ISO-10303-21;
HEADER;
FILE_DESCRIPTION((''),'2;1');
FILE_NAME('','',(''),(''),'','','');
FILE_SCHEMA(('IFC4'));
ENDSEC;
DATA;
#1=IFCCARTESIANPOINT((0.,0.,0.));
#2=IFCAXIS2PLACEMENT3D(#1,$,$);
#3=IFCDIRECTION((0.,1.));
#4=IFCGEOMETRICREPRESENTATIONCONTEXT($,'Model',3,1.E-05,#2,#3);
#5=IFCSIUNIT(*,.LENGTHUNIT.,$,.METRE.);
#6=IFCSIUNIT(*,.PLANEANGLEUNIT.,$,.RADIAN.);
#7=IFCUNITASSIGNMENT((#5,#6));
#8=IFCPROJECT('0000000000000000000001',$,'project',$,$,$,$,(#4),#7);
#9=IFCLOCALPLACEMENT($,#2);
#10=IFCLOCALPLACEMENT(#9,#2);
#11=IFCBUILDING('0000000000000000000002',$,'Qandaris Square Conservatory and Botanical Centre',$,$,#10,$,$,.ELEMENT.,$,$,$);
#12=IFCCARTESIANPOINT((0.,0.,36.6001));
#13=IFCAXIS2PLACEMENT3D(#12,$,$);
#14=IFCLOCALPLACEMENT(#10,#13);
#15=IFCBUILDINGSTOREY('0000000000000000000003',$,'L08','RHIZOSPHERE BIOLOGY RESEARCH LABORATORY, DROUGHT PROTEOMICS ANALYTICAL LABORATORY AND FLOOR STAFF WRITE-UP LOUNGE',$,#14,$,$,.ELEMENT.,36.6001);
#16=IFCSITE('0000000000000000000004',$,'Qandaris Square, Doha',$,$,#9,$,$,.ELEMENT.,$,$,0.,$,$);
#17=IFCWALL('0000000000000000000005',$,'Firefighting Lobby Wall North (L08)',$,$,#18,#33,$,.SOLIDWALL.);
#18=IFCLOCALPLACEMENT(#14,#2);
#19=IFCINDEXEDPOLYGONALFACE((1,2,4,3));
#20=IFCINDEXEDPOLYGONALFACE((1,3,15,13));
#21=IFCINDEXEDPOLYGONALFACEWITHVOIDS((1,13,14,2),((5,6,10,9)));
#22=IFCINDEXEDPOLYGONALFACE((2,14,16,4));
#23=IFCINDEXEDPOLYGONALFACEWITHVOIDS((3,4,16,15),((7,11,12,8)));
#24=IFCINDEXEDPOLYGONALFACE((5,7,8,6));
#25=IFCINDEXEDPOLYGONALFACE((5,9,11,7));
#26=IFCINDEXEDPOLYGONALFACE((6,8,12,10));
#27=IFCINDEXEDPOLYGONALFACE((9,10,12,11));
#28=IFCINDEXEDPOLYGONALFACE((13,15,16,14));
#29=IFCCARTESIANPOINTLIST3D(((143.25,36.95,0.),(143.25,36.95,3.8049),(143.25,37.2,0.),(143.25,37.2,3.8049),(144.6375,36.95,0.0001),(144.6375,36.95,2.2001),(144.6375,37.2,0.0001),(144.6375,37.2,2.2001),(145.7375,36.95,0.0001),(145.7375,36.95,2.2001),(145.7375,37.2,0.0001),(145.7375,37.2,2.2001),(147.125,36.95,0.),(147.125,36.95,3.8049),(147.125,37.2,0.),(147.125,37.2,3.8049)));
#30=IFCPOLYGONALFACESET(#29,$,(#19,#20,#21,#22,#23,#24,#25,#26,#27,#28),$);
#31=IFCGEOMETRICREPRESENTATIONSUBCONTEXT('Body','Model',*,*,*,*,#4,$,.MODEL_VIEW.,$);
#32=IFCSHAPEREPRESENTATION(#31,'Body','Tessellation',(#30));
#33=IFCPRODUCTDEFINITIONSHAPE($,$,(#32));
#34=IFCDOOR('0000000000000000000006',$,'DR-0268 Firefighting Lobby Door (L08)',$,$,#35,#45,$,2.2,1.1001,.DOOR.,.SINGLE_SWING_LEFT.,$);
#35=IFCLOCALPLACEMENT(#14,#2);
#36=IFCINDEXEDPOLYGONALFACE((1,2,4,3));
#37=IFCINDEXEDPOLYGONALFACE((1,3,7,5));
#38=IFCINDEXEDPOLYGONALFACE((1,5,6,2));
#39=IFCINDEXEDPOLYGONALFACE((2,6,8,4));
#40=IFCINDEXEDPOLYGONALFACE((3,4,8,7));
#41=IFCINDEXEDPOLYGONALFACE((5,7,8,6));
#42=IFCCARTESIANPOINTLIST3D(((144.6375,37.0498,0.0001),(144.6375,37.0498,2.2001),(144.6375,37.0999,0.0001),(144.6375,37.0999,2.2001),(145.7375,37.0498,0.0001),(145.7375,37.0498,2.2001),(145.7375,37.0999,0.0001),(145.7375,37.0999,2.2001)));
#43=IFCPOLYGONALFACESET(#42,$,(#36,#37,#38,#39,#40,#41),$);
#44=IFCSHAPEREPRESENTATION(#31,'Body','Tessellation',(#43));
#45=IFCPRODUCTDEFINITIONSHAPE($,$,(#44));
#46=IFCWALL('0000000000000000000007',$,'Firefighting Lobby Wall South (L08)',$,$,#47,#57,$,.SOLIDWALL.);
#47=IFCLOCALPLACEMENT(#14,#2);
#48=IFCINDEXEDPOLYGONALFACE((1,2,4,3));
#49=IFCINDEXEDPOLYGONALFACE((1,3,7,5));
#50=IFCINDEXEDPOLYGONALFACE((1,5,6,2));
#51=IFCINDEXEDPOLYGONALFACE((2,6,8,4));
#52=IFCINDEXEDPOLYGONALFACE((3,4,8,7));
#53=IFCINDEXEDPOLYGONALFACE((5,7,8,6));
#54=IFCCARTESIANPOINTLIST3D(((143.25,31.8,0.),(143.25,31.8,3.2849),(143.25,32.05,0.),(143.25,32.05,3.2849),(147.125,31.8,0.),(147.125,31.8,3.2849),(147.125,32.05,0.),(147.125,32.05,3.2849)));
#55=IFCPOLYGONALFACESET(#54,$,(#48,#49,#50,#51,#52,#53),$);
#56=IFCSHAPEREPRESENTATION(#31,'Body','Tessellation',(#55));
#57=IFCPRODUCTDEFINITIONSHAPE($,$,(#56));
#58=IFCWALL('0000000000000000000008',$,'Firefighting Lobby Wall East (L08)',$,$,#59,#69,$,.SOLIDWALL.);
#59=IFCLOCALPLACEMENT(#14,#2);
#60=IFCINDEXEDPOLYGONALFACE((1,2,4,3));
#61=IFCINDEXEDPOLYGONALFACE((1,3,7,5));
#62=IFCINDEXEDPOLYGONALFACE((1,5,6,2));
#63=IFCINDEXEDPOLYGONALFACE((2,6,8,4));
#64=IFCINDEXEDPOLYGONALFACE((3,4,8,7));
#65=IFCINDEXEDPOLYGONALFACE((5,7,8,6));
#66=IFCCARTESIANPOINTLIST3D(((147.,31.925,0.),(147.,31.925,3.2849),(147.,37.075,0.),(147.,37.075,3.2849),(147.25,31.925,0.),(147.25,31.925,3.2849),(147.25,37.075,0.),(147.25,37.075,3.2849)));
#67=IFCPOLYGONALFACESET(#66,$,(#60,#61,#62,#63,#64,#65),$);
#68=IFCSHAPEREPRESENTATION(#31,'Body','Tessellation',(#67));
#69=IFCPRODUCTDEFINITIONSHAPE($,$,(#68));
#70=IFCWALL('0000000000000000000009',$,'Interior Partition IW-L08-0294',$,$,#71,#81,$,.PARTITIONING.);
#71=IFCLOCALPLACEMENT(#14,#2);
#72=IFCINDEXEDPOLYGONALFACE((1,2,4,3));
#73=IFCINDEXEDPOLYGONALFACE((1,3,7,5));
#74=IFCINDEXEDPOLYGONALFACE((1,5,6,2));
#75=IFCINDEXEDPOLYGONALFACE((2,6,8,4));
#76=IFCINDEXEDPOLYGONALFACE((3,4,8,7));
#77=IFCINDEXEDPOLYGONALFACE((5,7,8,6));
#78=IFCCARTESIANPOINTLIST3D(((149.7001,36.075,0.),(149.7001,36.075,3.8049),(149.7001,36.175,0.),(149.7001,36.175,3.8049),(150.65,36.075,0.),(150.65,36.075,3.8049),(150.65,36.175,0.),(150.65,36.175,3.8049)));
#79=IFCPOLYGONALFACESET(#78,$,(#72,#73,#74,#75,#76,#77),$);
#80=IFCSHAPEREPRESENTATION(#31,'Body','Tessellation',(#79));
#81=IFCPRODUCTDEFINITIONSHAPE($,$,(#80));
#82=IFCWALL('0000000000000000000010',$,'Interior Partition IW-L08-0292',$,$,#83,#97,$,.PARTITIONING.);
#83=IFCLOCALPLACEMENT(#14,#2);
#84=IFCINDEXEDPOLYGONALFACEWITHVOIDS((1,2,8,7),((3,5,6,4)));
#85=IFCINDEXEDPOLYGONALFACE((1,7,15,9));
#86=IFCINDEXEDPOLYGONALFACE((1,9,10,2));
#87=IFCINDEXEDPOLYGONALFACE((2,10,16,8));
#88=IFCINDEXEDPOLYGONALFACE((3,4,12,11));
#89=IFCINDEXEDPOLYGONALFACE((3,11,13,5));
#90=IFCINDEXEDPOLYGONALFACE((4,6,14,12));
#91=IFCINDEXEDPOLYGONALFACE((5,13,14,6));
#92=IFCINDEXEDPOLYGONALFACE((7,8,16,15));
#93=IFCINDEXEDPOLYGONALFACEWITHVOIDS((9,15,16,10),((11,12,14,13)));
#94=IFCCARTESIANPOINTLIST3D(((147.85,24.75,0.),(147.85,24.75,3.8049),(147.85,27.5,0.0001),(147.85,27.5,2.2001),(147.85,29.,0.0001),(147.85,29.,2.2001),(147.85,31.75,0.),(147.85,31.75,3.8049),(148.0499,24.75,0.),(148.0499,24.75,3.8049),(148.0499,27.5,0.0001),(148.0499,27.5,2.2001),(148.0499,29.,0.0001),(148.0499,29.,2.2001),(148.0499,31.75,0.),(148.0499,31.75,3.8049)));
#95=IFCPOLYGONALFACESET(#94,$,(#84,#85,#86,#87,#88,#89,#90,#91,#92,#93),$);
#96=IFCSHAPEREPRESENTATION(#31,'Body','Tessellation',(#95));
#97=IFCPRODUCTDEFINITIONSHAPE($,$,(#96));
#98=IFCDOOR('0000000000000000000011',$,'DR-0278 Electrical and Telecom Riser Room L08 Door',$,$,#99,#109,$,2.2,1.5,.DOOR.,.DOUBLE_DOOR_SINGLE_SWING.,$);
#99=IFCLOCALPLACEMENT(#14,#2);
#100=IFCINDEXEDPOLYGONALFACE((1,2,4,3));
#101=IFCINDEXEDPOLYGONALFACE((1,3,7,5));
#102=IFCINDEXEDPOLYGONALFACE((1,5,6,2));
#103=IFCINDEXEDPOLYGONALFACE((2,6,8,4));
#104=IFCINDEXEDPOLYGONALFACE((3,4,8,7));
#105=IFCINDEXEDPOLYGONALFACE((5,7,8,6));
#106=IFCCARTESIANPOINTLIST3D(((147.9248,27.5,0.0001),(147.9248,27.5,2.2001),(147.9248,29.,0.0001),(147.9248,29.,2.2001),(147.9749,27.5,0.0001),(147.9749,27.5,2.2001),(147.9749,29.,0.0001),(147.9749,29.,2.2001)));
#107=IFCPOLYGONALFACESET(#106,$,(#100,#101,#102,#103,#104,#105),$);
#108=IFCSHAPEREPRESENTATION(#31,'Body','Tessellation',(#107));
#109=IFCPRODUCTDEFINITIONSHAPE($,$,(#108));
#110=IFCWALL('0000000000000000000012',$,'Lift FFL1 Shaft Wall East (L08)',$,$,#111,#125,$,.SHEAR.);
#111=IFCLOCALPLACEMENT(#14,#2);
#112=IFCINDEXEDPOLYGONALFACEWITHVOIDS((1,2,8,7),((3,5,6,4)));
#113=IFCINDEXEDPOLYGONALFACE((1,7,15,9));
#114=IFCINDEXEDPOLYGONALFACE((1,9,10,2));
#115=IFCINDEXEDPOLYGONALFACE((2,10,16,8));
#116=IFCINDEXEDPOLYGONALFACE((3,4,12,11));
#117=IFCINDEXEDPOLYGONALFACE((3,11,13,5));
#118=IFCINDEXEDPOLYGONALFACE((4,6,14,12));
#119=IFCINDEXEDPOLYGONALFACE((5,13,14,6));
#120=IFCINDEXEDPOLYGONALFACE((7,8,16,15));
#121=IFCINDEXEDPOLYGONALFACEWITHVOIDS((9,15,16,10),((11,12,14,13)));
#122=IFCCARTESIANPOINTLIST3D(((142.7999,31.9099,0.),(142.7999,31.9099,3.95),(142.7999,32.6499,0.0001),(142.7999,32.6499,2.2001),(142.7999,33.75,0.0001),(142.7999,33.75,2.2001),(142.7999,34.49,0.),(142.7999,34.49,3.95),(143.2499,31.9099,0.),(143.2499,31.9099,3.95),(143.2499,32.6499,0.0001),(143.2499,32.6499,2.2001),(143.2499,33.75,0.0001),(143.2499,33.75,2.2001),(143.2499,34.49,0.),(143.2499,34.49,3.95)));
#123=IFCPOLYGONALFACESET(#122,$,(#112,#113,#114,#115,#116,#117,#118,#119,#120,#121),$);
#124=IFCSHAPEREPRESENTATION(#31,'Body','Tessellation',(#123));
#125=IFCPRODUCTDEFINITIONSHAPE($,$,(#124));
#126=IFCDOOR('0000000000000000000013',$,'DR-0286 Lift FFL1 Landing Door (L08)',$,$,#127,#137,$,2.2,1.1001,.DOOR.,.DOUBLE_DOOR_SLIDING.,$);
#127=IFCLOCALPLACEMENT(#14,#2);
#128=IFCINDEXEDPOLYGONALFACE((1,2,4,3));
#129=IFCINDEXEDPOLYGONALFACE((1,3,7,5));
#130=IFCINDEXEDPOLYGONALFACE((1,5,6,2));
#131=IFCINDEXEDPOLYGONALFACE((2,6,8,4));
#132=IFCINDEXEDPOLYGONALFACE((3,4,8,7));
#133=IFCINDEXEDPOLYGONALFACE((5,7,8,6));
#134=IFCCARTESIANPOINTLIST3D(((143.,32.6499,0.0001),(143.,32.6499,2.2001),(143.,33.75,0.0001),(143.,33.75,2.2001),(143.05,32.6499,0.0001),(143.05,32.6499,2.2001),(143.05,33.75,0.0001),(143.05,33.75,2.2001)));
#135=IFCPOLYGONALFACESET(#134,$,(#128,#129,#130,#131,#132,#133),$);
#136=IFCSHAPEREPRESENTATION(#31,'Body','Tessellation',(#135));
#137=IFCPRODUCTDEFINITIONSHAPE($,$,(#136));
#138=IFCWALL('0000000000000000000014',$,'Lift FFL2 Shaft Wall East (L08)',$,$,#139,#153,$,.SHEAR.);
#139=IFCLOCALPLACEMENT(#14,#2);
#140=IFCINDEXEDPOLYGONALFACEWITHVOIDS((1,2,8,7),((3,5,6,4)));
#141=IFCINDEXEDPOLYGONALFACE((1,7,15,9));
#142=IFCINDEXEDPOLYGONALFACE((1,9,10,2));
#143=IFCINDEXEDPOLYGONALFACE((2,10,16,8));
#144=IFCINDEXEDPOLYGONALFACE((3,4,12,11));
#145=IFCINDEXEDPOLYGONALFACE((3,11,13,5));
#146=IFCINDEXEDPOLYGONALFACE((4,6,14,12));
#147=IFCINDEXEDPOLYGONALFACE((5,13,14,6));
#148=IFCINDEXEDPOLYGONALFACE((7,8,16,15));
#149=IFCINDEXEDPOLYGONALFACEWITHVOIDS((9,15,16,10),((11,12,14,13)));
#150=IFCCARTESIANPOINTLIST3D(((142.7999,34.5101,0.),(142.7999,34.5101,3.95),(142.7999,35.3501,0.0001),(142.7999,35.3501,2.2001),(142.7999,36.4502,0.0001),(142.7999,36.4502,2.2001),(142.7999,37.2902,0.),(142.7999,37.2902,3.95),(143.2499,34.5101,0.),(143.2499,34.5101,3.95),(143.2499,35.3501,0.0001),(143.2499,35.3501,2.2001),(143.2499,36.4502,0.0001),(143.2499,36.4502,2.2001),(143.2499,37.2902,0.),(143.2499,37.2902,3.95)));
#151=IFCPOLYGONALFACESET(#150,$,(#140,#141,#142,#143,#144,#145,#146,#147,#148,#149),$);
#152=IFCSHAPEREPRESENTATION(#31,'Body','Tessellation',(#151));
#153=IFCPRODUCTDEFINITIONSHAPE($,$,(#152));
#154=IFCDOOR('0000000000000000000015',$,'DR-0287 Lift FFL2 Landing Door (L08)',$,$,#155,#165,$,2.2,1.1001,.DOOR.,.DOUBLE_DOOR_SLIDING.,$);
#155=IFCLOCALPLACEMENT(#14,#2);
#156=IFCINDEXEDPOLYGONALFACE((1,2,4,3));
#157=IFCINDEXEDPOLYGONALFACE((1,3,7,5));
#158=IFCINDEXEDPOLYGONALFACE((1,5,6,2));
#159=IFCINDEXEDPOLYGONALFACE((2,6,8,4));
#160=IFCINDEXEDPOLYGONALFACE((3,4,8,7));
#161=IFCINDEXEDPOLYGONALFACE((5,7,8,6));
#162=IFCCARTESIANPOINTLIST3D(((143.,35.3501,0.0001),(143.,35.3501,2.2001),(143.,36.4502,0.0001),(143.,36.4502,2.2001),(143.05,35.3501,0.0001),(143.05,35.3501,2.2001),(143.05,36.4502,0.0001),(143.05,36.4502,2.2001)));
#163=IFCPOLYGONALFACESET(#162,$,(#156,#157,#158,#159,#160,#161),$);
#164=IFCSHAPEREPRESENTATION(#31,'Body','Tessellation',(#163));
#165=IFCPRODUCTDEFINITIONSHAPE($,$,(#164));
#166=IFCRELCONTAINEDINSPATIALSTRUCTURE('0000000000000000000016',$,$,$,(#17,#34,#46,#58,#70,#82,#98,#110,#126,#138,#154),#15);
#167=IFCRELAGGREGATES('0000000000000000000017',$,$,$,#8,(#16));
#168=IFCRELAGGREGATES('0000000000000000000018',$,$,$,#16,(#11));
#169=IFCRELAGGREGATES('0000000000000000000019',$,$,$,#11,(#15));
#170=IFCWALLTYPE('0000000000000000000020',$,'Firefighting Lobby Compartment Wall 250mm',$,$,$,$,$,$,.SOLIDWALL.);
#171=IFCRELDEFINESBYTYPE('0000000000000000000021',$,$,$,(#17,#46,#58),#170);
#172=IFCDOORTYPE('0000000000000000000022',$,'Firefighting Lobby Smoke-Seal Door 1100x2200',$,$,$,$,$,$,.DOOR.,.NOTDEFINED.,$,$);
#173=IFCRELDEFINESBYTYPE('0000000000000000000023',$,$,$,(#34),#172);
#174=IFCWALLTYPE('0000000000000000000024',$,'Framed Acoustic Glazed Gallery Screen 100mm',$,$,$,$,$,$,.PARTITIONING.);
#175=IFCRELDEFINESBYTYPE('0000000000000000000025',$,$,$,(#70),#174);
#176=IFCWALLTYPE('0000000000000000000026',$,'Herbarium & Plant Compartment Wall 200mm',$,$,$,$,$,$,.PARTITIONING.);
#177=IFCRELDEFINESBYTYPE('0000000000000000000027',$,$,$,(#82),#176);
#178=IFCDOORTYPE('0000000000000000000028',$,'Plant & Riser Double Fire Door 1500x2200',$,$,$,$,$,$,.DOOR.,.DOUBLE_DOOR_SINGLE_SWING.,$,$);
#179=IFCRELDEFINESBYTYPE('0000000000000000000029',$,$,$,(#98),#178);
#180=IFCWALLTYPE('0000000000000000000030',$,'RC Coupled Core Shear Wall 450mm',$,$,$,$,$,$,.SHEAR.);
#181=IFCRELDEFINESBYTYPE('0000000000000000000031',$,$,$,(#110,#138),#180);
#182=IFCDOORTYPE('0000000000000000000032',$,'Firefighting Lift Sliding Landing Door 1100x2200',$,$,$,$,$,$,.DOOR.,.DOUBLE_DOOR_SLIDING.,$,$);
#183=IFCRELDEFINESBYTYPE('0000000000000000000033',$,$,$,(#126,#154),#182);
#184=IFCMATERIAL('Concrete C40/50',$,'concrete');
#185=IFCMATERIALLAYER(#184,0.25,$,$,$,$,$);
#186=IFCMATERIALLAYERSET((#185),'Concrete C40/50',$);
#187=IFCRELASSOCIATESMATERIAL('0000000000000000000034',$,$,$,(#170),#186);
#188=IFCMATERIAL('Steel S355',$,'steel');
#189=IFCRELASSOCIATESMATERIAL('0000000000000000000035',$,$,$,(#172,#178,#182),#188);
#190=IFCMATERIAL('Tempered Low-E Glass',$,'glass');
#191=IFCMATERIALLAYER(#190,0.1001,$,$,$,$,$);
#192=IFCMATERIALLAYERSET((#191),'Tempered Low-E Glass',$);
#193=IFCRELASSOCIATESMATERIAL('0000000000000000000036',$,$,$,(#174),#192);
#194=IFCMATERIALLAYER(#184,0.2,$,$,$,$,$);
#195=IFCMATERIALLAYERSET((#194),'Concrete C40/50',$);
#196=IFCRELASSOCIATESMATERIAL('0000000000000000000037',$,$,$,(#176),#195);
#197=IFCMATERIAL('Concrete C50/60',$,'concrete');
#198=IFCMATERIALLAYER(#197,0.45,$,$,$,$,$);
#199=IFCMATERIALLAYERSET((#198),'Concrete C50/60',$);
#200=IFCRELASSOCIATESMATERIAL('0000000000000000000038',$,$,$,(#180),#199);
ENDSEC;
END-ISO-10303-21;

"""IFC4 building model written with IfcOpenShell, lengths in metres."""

from ifc_helpers import new_model, si_unit, direction, frame, frame_2d, origin, place, context, subcontext, project, spatial, rectangle, extrude, material, layer, layer_set, type_object, element, fill, save


model = new_model("IFC4")

# Units and contexts
model_context = context("Model", 3, precision=1e-05, world=origin(), true_north=direction((0.0, 1.0)))
body_context = subcontext(model_context, "Body", "Model", "MODEL_VIEW")
ifc_project = project(units=[si_unit("LENGTHUNIT", "METRE"), si_unit("PLANEANGLEUNIT", "RADIAN")], contexts=[model_context])

# Site, building, storey
site_placement = place(None, origin())
site = spatial("IfcSite", under=ifc_project, at=site_placement, Name="Qandaris Square, Doha", CompositionType="ELEMENT", RefElevation=0.0)
building_placement = place(site_placement, origin())
building = spatial("IfcBuilding", under=site, at=building_placement, Name="Qandaris Square Conservatory and Botanical Centre", CompositionType="ELEMENT")
storey_placement = place(building_placement, frame((0.0, 0.0, 36.6001)))
storey = spatial("IfcBuildingStorey", under=building, at=storey_placement, Name="L08", Description="RHIZOSPHERE BIOLOGY RESEARCH LABORATORY, DROUGHT PROTEOMICS ANALYTICAL LABORATORY AND FLOOR STAFF WRITE-UP LOUNGE", CompositionType="ELEMENT", Elevation=36.6001)

# Shared definitions
ifc_material_1 = material(Name="Concrete C50/60", Category="concrete")

# Shared definitions
ifc_material_2 = material(Name="Steel S355", Category="steel")

# Wall, opening, door
ifc_material_3 = material(Name="Concrete C40/50", Category="concrete")
ifc_layer_1 = layer(ifc_material_3, 0.25)
ifc_layer_set_1 = layer_set([ifc_layer_1], Name="Concrete C40/50")
wall_type_1 = type_object("IfcWallType", Name="Firefighting Lobby Compartment Wall 250mm", PredefinedType="SOLIDWALL", material=ifc_layer_set_1)
wall_1_placement = place(storey_placement, frame((143.25, 37.075, 0.0), z_axis=(0.0, 0.0, 1.0), x_axis=(1.0, 0.0, 0.0)))
wall_1 = element("IfcWall", 1, at=wall_1_placement, inside=storey, type_object=wall_type_1, Name="Firefighting Lobby Wall North (L08)", PredefinedType="SOLIDWALL", context=body_context, shape_type="SweptSolid", body=[
    extrude(rectangle(XDim=3.875, YDim=0.25, at=frame_2d((1.9375, 0.0))), origin(), (0.0, 0.0, 1.0), 3.8049),
])
opening_1_placement = place(wall_1_placement, frame((1.3875, 0.0, 0.0)))
opening_1 = element("IfcOpeningElement", 2, at=opening_1_placement, cuts=wall_1, PredefinedType="OPENING", context=body_context, shape_type="SweptSolid", body=[
    extrude(rectangle(XDim=1.1001, YDim=2.2, at=frame_2d((0.55, 1.1001))), frame((0.0, 0.137, 0.0), z_axis=(0.0, -1.0, 0.0), x_axis=(1.0, 0.0, 0.0)), (0.0, 0.0, 1.0), 0.2739),
])
door_type_1 = type_object("IfcDoorType", Name="Firefighting Lobby Smoke-Seal Door 1100x2200", OperationType="NOTDEFINED", PredefinedType="DOOR", material=ifc_material_2)
door_1_placement = place(opening_1_placement, origin())
door_1 = element("IfcDoor", 3, at=door_1_placement, inside=storey, type_object=door_type_1, Name="DR-0268 Firefighting Lobby Door (L08)", OperationType="SINGLE_SWING_LEFT", OverallHeight=2.2, OverallWidth=1.1001, PredefinedType="DOOR", context=body_context, shape_type="SweptSolid", body=[
    extrude(rectangle(XDim=1.1001, YDim=2.2, at=frame_2d((0.55, 1.1001))), frame((0.0, 0.0249, 0.0), z_axis=(0.0, -1.0, 0.0), x_axis=(1.0, 0.0, 0.0)), (0.0, 0.0, 1.0), 0.05),
])
fill(opening_1, door_1)

# Walls
wall_2_placement = place(storey_placement, frame((143.25, 31.925, 0.0), z_axis=(0.0, 0.0, 1.0), x_axis=(1.0, 0.0, 0.0)))
element("IfcWall", 4, at=wall_2_placement, inside=storey, type_object=wall_type_1, Name="Firefighting Lobby Wall South (L08)", PredefinedType="SOLIDWALL", context=body_context, shape_type="SweptSolid", body=[
    extrude(rectangle(XDim=3.875, YDim=0.25, at=frame_2d((1.9375, 0.0))), origin(), (0.0, 0.0, 1.0), 3.2849),
])
wall_3_placement = place(storey_placement, frame((147.125, 31.925, 0.0), z_axis=(0.0, 0.0, 1.0), x_axis=(0.0, 1.0, 0.0)))
element("IfcWall", 5, at=wall_3_placement, inside=storey, type_object=wall_type_1, Name="Firefighting Lobby Wall East (L08)", PredefinedType="SOLIDWALL", context=body_context, shape_type="SweptSolid", body=[
    extrude(rectangle(XDim=5.1499, YDim=0.25, at=frame_2d((2.575, 0.0))), origin(), (0.0, 0.0, 1.0), 3.2849),
])
ifc_material_4 = material(Name="Tempered Low-E Glass", Category="glass")
ifc_layer_2 = layer(ifc_material_4, 0.1001)
ifc_layer_set_2 = layer_set([ifc_layer_2], Name="Tempered Low-E Glass")
wall_type_2 = type_object("IfcWallType", Name="Framed Acoustic Glazed Gallery Screen 100mm", PredefinedType="PARTITIONING", material=ifc_layer_set_2)
wall_4_placement = place(storey_placement, frame((149.7, 36.125, 0.0), z_axis=(0.0, 0.0, 1.0), x_axis=(1.0, 0.0, 0.0)))
element("IfcWall", 6, at=wall_4_placement, inside=storey, type_object=wall_type_2, Name="Interior Partition IW-L08-0294", PredefinedType="PARTITIONING", context=body_context, shape_type="SweptSolid", body=[
    extrude(rectangle(XDim=0.95, YDim=0.1001, at=frame_2d((0.4751, 0.0))), origin(), (0.0, 0.0, 1.0), 3.8049),
])

# Walls, openings, doors
ifc_layer_3 = layer(ifc_material_3, 0.2)
ifc_layer_set_3 = layer_set([ifc_layer_3], Name="Concrete C40/50")
wall_type_3 = type_object("IfcWallType", Name="Herbarium & Plant Compartment Wall 200mm", PredefinedType="PARTITIONING", material=ifc_layer_set_3)
wall_5_placement = place(storey_placement, frame((147.95, 31.75, 0.0), z_axis=(0.0, 0.0, 1.0), x_axis=(0.0, -1.0, 0.0)))
wall_5 = element("IfcWall", 7, at=wall_5_placement, inside=storey, type_object=wall_type_3, Name="Interior Partition IW-L08-0292", PredefinedType="PARTITIONING", context=body_context, shape_type="SweptSolid", body=[
    extrude(rectangle(XDim=7.0, YDim=0.2, at=frame_2d((3.5, 0.0))), origin(), (0.0, 0.0, 1.0), 3.8049),
])
opening_2_placement = place(wall_5_placement, frame((2.75, 0.0, 0.0)))
opening_2 = element("IfcOpeningElement", 8, at=opening_2_placement, cuts=wall_5, PredefinedType="OPENING", context=body_context, shape_type="SweptSolid", body=[
    extrude(rectangle(XDim=1.5, YDim=2.2, at=frame_2d((0.75, 1.1001))), frame((0.0, 0.1118, 0.0), z_axis=(0.0, -1.0, 0.0), x_axis=(1.0, 0.0, 0.0)), (0.0, 0.0, 1.0), 0.2239),
])
door_type_2 = type_object("IfcDoorType", Name="Plant & Riser Double Fire Door 1500x2200", OperationType="DOUBLE_DOOR_SINGLE_SWING", PredefinedType="DOOR", material=ifc_material_2)
door_2_placement = place(opening_2_placement, origin())
door_2 = element("IfcDoor", 9, at=door_2_placement, inside=storey, type_object=door_type_2, Name="DR-0278 Electrical and Telecom Riser Room L08 Door", OperationType="DOUBLE_DOOR_SINGLE_SWING", OverallHeight=2.2, OverallWidth=1.5, PredefinedType="DOOR", context=body_context, shape_type="SweptSolid", body=[
    extrude(rectangle(XDim=1.5, YDim=2.2, at=frame_2d((0.75, 1.1001))), frame((0.0, 0.0249, 0.0), z_axis=(0.0, -1.0, 0.0), x_axis=(1.0, 0.0, 0.0)), (0.0, 0.0, 1.0), 0.05),
])
fill(opening_2, door_2)
ifc_layer_4 = layer(ifc_material_1, 0.45)
ifc_layer_set_4 = layer_set([ifc_layer_4], Name="Concrete C50/60")
wall_type_4 = type_object("IfcWallType", Name="RC Coupled Core Shear Wall 450mm", PredefinedType="SHEAR", material=ifc_layer_set_4)
wall_6_placement = place(storey_placement, frame((143.0249, 31.9099, 0.0), z_axis=(0.0, 0.0, 1.0), x_axis=(0.0, 1.0, 0.0)))
wall_6 = element("IfcWall", 10, at=wall_6_placement, inside=storey, type_object=wall_type_4, Name="Lift FFL1 Shaft Wall East (L08)", PredefinedType="SHEAR", context=body_context, shape_type="SweptSolid", body=[
    extrude(rectangle(XDim=2.5801, YDim=0.45, at=frame_2d((1.29, 0.0))), origin(), (0.0, 0.0, 1.0), 3.95),
])
opening_3_placement = place(wall_6_placement, frame((0.74, 0.0, 0.0)))
opening_3 = element("IfcOpeningElement", 11, at=opening_3_placement, cuts=wall_6, PredefinedType="OPENING", context=body_context, shape_type="SweptSolid", body=[
    extrude(rectangle(XDim=1.1001, YDim=2.2, at=frame_2d((0.55, 1.1001))), frame((0.0, 0.2368, 0.0), z_axis=(0.0, -1.0, 0.0), x_axis=(1.0, 0.0, 0.0)), (0.0, 0.0, 1.0), 0.4739),
])
door_type_3 = type_object("IfcDoorType", Name="Firefighting Lift Sliding Landing Door 1100x2200", OperationType="DOUBLE_DOOR_SLIDING", PredefinedType="DOOR", material=ifc_material_2)
door_3_placement = place(opening_3_placement, origin())
door_3 = element("IfcDoor", 12, at=door_3_placement, inside=storey, type_object=door_type_3, Name="DR-0286 Lift FFL1 Landing Door (L08)", OperationType="DOUBLE_DOOR_SLIDING", OverallHeight=2.2, OverallWidth=1.1001, PredefinedType="DOOR", context=body_context, shape_type="SweptSolid", body=[
    extrude(rectangle(XDim=1.1001, YDim=2.2, at=frame_2d((0.55, 1.1001))), frame((0.0, 0.0249, 0.0), z_axis=(0.0, -1.0, 0.0), x_axis=(1.0, 0.0, 0.0)), (0.0, 0.0, 1.0), 0.05),
])
fill(opening_3, door_3)
wall_7_placement = place(storey_placement, frame((143.0249, 34.51, 0.0), z_axis=(0.0, 0.0, 1.0), x_axis=(0.0, 1.0, 0.0)))
wall_7 = element("IfcWall", 13, at=wall_7_placement, inside=storey, type_object=wall_type_4, Name="Lift FFL2 Shaft Wall East (L08)", PredefinedType="SHEAR", context=body_context, shape_type="SweptSolid", body=[
    extrude(rectangle(XDim=2.78, YDim=0.45, at=frame_2d((1.3901, 0.0))), origin(), (0.0, 0.0, 1.0), 3.95),
])
opening_4_placement = place(wall_7_placement, frame((0.8401, 0.0, 0.0)))
opening_4 = element("IfcOpeningElement", 14, at=opening_4_placement, cuts=wall_7, PredefinedType="OPENING", context=body_context, shape_type="SweptSolid", body=[
    extrude(rectangle(XDim=1.1001, YDim=2.2, at=frame_2d((0.55, 1.1001))), frame((0.0, 0.2368, 0.0), z_axis=(0.0, -1.0, 0.0), x_axis=(1.0, 0.0, 0.0)), (0.0, 0.0, 1.0), 0.4739),
])
door_4_placement = place(opening_4_placement, origin())
door_4 = element("IfcDoor", 15, at=door_4_placement, inside=storey, type_object=door_type_3, Name="DR-0287 Lift FFL2 Landing Door (L08)", OperationType="DOUBLE_DOOR_SLIDING", OverallHeight=2.2, OverallWidth=1.1001, PredefinedType="DOOR", context=body_context, shape_type="SweptSolid", body=[
    extrude(rectangle(XDim=1.1001, YDim=2.2, at=frame_2d((0.55, 1.1001))), frame((0.0, 0.0249, 0.0), z_axis=(0.0, -1.0, 0.0), x_axis=(1.0, 0.0, 0.0)), (0.0, 0.0, 1.0), 0.05),
])
fill(opening_4, door_4)

save(model, "model.ifc")
